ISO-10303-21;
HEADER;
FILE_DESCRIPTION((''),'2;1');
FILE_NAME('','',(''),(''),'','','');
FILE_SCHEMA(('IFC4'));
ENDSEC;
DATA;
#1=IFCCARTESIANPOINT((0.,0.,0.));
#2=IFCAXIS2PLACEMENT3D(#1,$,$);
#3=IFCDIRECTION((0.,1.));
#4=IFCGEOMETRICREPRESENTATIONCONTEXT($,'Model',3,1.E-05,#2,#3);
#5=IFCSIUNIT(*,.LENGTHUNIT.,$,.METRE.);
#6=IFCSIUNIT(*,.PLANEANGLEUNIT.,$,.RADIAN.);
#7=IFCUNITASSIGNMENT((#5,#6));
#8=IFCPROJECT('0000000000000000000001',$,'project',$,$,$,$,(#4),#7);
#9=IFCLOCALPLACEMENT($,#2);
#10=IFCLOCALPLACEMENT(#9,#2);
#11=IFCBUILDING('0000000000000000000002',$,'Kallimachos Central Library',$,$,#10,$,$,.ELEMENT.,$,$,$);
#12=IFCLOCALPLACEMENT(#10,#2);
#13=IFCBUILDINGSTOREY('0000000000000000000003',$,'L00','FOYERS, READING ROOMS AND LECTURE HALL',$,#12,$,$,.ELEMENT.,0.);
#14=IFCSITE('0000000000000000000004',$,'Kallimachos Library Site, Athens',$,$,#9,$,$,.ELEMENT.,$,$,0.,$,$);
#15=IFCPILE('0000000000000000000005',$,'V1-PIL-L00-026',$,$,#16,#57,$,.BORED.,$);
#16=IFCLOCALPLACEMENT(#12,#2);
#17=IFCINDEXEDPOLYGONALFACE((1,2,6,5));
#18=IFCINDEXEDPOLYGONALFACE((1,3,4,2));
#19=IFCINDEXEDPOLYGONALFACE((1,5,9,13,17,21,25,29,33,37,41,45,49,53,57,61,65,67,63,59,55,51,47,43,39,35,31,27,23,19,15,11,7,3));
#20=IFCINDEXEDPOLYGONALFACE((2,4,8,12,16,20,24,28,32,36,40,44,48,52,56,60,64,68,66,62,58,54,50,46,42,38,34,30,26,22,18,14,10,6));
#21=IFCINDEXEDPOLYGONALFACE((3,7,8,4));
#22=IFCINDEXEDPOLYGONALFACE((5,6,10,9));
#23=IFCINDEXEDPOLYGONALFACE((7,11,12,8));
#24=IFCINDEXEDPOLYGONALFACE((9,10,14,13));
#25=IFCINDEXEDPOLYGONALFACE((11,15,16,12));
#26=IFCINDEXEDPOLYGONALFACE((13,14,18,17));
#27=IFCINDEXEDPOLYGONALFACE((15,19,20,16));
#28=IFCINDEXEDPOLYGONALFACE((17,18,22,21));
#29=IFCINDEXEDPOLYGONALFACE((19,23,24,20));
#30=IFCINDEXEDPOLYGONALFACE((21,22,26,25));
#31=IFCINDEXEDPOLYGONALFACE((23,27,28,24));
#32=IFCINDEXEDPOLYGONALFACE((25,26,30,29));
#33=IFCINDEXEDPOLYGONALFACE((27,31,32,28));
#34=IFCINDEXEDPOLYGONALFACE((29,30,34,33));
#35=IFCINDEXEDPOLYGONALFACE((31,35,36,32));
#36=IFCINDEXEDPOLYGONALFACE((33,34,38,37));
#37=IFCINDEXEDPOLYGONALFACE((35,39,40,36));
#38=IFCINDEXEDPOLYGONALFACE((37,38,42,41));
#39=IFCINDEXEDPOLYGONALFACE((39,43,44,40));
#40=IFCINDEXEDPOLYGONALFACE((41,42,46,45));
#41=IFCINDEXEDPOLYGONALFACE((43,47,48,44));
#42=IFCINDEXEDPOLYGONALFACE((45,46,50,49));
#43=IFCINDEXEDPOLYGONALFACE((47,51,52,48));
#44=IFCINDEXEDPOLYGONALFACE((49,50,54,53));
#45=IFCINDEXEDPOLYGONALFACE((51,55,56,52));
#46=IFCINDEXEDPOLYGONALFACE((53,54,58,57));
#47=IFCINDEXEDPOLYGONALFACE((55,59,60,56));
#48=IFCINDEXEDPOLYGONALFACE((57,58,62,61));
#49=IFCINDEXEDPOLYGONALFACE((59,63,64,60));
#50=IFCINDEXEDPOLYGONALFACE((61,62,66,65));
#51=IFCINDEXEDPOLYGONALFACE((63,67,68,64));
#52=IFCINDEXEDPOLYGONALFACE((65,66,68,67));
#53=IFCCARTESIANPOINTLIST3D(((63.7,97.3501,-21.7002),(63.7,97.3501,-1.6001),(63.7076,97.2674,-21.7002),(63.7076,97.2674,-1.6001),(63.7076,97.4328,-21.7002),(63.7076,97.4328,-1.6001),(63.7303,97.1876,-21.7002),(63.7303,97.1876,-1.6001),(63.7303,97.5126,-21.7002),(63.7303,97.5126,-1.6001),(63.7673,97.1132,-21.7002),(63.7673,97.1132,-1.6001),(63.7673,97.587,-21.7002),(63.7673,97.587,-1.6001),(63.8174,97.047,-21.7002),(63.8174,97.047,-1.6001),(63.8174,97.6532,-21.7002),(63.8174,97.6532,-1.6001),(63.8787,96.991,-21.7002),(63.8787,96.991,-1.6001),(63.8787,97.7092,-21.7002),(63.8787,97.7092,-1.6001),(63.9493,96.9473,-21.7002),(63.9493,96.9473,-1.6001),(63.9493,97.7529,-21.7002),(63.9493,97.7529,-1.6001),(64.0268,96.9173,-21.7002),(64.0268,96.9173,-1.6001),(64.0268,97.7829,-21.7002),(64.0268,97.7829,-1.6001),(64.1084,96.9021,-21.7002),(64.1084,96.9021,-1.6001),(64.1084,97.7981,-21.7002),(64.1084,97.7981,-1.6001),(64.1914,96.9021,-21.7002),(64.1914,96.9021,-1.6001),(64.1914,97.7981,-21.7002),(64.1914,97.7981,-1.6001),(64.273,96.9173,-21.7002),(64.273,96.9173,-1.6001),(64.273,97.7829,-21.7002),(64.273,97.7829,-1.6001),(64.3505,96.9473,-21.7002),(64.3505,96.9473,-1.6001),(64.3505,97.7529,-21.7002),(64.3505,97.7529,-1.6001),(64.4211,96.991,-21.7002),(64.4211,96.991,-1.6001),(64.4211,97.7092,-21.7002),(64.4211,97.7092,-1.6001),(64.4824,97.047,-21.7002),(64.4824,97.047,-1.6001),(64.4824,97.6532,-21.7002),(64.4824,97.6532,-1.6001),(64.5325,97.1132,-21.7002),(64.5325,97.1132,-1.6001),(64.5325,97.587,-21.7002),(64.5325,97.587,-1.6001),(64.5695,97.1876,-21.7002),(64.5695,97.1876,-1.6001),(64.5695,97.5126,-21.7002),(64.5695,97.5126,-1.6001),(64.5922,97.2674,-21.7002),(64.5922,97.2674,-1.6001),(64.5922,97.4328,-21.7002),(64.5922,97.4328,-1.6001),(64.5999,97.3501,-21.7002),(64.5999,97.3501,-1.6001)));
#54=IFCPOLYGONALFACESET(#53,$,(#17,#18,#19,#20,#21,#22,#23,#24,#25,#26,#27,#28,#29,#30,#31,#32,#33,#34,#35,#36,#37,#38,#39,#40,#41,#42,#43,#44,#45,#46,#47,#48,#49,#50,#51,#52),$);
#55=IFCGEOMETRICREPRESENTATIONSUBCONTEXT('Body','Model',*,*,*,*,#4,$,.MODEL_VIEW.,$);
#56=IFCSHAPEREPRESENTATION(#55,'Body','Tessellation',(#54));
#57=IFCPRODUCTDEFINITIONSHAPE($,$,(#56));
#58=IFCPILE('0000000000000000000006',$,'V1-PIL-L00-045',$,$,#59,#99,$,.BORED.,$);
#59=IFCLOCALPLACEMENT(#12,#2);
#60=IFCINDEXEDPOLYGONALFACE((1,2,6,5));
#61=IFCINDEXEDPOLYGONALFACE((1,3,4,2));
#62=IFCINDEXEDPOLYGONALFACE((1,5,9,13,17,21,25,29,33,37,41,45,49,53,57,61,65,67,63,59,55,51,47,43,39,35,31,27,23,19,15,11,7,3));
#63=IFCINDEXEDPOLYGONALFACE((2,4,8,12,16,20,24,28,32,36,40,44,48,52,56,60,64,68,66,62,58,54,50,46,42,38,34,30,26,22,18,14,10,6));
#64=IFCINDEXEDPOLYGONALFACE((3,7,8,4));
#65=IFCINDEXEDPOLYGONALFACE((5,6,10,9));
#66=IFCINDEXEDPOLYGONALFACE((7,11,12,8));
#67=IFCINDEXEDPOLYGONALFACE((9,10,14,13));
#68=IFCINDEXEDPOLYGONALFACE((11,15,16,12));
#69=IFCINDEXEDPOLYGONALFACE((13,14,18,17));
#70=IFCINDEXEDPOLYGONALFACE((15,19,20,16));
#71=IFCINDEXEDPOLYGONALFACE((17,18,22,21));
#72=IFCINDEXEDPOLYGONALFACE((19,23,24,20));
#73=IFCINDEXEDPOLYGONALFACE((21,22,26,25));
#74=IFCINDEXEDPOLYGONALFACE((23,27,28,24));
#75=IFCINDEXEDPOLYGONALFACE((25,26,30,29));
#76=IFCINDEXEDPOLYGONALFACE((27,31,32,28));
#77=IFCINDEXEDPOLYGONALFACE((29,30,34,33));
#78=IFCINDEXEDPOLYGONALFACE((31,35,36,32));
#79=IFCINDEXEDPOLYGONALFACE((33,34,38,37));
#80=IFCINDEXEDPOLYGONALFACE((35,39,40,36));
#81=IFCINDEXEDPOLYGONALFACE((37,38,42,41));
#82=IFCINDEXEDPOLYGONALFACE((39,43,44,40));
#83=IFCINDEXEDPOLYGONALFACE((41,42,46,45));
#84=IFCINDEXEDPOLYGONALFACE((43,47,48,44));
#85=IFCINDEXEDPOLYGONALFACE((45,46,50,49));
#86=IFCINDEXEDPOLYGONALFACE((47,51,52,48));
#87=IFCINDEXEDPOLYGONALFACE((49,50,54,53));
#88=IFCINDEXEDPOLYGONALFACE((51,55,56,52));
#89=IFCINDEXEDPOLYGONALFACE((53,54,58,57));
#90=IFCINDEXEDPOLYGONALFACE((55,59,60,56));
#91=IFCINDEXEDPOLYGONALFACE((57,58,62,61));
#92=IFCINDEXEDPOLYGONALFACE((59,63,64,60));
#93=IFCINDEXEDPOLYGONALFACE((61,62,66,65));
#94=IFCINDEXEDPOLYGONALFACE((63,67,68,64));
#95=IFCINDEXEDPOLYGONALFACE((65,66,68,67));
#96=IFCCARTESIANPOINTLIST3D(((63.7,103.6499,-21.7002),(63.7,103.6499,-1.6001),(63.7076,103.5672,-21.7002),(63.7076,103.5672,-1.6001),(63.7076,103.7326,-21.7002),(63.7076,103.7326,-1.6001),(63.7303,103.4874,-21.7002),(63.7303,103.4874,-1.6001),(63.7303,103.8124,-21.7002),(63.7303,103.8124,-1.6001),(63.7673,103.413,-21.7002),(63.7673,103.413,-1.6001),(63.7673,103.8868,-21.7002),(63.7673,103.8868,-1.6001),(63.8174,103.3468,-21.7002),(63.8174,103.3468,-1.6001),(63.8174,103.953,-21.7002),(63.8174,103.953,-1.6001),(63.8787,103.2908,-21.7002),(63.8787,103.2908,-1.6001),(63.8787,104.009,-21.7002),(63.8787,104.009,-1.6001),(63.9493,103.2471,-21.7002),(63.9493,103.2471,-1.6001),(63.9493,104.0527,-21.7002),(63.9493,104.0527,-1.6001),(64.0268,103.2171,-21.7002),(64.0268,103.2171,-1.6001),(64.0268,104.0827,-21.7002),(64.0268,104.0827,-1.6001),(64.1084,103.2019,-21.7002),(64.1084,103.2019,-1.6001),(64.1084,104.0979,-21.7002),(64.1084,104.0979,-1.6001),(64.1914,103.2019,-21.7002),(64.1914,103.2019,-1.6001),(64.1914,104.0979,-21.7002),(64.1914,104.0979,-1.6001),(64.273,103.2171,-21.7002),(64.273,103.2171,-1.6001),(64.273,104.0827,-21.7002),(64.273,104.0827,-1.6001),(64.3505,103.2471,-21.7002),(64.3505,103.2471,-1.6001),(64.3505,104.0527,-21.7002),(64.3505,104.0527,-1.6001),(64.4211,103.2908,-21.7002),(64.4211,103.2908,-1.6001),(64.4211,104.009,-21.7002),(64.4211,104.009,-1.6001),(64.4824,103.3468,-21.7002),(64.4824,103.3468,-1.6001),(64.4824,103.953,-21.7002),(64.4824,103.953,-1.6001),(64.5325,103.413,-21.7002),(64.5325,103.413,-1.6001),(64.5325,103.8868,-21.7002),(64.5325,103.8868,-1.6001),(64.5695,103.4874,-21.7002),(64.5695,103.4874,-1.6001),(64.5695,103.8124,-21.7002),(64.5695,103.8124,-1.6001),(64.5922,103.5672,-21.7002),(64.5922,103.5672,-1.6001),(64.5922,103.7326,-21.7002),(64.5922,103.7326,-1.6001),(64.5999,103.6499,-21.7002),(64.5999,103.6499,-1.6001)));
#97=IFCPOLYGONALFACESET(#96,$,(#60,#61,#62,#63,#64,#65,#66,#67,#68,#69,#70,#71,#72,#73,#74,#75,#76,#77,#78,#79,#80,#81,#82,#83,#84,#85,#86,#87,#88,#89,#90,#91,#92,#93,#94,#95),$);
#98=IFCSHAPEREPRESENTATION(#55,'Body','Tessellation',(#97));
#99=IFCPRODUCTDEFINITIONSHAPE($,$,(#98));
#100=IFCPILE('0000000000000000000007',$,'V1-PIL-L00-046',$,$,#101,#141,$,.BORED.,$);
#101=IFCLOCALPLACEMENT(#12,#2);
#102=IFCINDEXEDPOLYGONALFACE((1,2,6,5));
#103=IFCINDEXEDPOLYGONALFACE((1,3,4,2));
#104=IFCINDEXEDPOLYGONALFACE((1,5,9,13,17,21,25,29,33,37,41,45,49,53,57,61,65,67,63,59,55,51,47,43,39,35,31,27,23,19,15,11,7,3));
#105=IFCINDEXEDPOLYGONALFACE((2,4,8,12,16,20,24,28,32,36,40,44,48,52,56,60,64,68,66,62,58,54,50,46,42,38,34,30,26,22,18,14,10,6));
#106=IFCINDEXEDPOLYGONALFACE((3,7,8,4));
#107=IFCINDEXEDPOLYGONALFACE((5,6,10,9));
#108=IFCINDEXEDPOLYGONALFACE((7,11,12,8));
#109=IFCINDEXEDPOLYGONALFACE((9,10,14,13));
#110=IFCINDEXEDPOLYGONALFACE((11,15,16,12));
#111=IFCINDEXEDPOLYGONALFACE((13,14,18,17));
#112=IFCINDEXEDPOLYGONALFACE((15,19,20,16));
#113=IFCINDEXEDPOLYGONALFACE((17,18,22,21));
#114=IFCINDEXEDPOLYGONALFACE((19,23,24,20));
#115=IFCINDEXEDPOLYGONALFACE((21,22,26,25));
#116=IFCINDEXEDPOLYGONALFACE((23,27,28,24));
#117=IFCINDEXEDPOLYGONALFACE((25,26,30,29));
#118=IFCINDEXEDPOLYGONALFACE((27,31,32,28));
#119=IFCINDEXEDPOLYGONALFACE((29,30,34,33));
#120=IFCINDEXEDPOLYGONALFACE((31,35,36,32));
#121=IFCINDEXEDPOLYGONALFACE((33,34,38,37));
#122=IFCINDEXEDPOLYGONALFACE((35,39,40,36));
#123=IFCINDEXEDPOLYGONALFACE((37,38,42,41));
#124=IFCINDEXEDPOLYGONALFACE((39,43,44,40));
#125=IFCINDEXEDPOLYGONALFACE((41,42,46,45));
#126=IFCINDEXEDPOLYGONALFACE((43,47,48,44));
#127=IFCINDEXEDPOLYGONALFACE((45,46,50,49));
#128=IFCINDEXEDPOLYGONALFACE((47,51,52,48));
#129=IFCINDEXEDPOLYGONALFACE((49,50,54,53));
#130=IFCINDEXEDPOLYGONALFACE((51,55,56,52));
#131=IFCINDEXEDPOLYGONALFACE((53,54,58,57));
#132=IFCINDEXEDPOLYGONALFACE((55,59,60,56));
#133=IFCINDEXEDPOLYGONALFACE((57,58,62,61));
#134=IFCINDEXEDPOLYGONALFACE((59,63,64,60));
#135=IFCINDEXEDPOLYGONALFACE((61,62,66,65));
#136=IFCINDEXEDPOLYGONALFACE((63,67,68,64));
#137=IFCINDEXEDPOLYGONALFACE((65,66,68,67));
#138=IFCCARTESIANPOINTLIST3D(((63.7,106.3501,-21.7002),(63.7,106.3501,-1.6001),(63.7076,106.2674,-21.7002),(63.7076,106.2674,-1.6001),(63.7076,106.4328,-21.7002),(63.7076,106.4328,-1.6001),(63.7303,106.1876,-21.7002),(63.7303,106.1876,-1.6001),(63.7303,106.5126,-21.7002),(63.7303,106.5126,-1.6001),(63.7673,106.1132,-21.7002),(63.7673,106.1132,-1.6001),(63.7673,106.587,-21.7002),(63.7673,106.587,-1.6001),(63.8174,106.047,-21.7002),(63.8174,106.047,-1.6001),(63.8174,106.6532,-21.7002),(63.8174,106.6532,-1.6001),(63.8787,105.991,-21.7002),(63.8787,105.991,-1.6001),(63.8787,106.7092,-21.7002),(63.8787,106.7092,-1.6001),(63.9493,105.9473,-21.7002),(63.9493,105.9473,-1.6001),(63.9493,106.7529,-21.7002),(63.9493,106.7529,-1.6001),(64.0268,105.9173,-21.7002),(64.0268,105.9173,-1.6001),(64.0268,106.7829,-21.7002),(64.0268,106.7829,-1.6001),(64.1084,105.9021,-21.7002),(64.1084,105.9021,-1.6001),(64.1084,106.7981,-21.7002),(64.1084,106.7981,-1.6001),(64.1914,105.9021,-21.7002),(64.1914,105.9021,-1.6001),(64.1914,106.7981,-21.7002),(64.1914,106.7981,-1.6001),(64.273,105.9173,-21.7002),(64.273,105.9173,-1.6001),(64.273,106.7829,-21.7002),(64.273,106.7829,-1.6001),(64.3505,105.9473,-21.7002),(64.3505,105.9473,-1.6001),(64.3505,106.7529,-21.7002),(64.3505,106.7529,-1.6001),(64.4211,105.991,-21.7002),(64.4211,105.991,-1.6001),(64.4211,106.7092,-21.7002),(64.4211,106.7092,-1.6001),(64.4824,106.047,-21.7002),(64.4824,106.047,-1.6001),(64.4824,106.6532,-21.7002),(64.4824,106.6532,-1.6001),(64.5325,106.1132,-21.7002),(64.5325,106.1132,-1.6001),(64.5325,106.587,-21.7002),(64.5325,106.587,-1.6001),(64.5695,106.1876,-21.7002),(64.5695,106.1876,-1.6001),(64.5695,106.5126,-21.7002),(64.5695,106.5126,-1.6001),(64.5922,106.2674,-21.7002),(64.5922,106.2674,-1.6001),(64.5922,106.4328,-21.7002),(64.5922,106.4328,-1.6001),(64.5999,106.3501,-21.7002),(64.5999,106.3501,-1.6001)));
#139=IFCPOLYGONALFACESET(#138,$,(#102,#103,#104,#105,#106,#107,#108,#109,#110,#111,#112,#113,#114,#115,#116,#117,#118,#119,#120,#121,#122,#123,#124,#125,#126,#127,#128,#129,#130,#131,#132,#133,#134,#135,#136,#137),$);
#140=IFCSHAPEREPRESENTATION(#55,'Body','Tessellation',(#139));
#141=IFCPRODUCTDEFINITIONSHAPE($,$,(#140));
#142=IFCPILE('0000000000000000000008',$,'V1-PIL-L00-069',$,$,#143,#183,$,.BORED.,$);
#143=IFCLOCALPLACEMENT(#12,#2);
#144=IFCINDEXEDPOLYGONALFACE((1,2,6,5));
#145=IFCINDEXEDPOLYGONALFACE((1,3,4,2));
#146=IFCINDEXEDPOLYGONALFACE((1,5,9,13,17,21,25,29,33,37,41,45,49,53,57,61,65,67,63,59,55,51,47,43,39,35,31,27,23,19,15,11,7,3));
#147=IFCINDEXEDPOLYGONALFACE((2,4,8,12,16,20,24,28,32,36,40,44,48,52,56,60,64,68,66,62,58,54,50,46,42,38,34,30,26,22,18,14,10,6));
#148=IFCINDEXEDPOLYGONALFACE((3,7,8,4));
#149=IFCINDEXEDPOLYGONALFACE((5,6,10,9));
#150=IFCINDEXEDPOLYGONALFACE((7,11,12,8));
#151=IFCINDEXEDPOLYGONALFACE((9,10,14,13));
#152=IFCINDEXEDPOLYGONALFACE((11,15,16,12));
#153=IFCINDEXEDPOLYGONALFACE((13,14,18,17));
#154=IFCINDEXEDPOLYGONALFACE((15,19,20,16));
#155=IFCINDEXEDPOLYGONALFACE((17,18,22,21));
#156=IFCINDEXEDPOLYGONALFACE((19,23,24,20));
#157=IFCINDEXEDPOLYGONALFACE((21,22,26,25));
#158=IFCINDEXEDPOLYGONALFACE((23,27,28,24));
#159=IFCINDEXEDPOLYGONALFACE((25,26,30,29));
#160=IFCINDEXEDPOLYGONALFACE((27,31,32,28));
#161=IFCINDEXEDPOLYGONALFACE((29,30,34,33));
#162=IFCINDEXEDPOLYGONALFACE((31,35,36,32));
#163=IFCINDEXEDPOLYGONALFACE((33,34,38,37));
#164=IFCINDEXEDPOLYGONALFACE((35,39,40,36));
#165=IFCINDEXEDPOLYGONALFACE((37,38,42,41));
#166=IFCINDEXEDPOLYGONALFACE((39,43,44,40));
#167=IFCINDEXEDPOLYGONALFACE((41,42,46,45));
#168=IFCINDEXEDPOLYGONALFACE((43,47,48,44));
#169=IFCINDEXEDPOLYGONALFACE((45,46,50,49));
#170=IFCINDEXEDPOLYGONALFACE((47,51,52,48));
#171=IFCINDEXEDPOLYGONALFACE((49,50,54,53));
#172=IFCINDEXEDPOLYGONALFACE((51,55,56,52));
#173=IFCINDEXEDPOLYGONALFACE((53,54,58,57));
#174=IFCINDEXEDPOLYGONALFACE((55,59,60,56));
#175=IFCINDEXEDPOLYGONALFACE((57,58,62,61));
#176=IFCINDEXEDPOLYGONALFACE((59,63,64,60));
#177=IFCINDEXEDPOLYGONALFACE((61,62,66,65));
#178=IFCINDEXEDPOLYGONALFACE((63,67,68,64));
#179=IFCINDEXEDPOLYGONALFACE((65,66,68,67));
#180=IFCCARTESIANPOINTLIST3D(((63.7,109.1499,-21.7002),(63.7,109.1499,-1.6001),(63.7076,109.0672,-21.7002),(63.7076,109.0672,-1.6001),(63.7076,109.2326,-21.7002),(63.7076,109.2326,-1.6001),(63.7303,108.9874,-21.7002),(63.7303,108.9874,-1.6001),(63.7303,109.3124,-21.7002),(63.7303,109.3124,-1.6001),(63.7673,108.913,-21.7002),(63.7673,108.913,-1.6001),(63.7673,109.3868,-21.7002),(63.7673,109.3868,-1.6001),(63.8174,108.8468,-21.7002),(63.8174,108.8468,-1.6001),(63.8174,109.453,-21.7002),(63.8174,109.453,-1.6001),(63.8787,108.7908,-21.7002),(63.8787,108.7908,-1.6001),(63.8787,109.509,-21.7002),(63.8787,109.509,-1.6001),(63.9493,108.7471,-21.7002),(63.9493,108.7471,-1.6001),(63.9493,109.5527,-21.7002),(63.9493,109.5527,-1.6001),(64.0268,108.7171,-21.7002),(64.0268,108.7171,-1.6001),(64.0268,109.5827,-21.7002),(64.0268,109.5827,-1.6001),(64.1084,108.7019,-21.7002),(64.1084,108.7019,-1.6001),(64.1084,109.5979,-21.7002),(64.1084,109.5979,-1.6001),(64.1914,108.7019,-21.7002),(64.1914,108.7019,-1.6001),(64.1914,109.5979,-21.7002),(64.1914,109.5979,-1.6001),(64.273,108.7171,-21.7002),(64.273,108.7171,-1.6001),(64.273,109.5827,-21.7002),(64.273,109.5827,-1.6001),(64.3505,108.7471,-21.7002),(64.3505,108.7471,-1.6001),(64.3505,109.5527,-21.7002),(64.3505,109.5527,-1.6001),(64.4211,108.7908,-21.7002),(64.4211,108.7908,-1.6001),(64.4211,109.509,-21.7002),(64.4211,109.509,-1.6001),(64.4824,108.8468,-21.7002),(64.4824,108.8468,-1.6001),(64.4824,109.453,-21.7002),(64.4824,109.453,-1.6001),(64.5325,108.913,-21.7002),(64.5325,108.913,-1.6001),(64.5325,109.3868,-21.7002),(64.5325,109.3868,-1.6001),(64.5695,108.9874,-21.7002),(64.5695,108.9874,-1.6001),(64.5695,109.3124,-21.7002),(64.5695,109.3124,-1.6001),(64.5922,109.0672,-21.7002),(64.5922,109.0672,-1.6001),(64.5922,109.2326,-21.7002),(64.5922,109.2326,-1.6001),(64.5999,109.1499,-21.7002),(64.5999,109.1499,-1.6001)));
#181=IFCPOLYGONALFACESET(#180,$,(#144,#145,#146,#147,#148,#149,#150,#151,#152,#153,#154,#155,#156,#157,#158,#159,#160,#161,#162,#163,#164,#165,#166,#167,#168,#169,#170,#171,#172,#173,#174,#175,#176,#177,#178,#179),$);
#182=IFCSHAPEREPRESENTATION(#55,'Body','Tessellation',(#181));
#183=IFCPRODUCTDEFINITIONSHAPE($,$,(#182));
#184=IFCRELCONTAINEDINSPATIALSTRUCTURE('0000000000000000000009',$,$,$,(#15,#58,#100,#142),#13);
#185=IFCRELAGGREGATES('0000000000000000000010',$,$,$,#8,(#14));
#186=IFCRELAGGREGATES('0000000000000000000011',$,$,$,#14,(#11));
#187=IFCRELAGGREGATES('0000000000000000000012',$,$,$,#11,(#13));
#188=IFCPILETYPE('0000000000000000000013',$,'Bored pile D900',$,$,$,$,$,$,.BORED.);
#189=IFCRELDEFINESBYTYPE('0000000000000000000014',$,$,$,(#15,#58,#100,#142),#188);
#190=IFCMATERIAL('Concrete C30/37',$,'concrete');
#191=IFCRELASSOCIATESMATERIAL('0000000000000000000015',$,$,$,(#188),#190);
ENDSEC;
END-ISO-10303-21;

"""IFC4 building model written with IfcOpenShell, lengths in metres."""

from ifc_helpers import new_model, si_unit, direction, frame, origin, origin_2d, place, context, subcontext, project, spatial, circle, extrude, material, type_object, element, save


model = new_model("IFC4")

# Units and contexts
model_context = context("Model", 3, precision=1e-05, world=origin(), true_north=direction((0.0, 1.0)))
body_context = subcontext(model_context, "Body", "Model", "MODEL_VIEW")
ifc_project = project(units=[si_unit("LENGTHUNIT", "METRE"), si_unit("PLANEANGLEUNIT", "RADIAN")], contexts=[model_context])

# Site, building, storey
site_placement = place(None, origin())
site = spatial("IfcSite", under=ifc_project, at=site_placement, Name="Kallimachos Library Site, Athens", CompositionType="ELEMENT", RefElevation=0.0)
building_placement = place(site_placement, origin())
building = spatial("IfcBuilding", under=site, at=building_placement, Name="Kallimachos Central Library", CompositionType="ELEMENT")
storey_placement = place(building_placement, origin())
storey = spatial("IfcBuildingStorey", under=building, at=storey_placement, Name="L00", Description="FOYERS, READING ROOMS AND LECTURE HALL", CompositionType="ELEMENT", Elevation=0.0)

# Piles
ifc_material_1 = material(Name="Concrete C30/37", Category="concrete")
pile_type = type_object("IfcPileType", Name="Bored pile D900", PredefinedType="BORED", material=ifc_material_1)
for number, where, z_axis, x_axis, name in (
    (1, (64.1499, 97.3501, -1.6001), (0.0, 0.0, -1.0), (1.0, 0.0, 0.0), "V1-PIL-L00-026"),
    (2, (64.1499, 103.6499, -1.6001), (0.0, 0.0, -1.0), (1.0, 0.0, 0.0), "V1-PIL-L00-045"),
    (3, (64.1499, 106.3501, -1.6001), (0.0, 0.0, -1.0), (1.0, 0.0, 0.0), "V1-PIL-L00-046"),
    (4, (64.1499, 109.1499, -1.6001), (0.0, 0.0, -1.0), (1.0, 0.0, 0.0), "V1-PIL-L00-069"),
):
    element("IfcPile", number, at=place(storey_placement, frame(where, z_axis=z_axis, x_axis=x_axis)), inside=storey, type_object=pile_type, Name=name, PredefinedType="BORED", context=body_context, shape_type="SweptSolid", body=[
        extrude(circle(Radius=0.45, at=origin_2d()), origin(), (0.0, 0.0, 1.0), 20.1001),
    ])

save(model, "model.ifc")
